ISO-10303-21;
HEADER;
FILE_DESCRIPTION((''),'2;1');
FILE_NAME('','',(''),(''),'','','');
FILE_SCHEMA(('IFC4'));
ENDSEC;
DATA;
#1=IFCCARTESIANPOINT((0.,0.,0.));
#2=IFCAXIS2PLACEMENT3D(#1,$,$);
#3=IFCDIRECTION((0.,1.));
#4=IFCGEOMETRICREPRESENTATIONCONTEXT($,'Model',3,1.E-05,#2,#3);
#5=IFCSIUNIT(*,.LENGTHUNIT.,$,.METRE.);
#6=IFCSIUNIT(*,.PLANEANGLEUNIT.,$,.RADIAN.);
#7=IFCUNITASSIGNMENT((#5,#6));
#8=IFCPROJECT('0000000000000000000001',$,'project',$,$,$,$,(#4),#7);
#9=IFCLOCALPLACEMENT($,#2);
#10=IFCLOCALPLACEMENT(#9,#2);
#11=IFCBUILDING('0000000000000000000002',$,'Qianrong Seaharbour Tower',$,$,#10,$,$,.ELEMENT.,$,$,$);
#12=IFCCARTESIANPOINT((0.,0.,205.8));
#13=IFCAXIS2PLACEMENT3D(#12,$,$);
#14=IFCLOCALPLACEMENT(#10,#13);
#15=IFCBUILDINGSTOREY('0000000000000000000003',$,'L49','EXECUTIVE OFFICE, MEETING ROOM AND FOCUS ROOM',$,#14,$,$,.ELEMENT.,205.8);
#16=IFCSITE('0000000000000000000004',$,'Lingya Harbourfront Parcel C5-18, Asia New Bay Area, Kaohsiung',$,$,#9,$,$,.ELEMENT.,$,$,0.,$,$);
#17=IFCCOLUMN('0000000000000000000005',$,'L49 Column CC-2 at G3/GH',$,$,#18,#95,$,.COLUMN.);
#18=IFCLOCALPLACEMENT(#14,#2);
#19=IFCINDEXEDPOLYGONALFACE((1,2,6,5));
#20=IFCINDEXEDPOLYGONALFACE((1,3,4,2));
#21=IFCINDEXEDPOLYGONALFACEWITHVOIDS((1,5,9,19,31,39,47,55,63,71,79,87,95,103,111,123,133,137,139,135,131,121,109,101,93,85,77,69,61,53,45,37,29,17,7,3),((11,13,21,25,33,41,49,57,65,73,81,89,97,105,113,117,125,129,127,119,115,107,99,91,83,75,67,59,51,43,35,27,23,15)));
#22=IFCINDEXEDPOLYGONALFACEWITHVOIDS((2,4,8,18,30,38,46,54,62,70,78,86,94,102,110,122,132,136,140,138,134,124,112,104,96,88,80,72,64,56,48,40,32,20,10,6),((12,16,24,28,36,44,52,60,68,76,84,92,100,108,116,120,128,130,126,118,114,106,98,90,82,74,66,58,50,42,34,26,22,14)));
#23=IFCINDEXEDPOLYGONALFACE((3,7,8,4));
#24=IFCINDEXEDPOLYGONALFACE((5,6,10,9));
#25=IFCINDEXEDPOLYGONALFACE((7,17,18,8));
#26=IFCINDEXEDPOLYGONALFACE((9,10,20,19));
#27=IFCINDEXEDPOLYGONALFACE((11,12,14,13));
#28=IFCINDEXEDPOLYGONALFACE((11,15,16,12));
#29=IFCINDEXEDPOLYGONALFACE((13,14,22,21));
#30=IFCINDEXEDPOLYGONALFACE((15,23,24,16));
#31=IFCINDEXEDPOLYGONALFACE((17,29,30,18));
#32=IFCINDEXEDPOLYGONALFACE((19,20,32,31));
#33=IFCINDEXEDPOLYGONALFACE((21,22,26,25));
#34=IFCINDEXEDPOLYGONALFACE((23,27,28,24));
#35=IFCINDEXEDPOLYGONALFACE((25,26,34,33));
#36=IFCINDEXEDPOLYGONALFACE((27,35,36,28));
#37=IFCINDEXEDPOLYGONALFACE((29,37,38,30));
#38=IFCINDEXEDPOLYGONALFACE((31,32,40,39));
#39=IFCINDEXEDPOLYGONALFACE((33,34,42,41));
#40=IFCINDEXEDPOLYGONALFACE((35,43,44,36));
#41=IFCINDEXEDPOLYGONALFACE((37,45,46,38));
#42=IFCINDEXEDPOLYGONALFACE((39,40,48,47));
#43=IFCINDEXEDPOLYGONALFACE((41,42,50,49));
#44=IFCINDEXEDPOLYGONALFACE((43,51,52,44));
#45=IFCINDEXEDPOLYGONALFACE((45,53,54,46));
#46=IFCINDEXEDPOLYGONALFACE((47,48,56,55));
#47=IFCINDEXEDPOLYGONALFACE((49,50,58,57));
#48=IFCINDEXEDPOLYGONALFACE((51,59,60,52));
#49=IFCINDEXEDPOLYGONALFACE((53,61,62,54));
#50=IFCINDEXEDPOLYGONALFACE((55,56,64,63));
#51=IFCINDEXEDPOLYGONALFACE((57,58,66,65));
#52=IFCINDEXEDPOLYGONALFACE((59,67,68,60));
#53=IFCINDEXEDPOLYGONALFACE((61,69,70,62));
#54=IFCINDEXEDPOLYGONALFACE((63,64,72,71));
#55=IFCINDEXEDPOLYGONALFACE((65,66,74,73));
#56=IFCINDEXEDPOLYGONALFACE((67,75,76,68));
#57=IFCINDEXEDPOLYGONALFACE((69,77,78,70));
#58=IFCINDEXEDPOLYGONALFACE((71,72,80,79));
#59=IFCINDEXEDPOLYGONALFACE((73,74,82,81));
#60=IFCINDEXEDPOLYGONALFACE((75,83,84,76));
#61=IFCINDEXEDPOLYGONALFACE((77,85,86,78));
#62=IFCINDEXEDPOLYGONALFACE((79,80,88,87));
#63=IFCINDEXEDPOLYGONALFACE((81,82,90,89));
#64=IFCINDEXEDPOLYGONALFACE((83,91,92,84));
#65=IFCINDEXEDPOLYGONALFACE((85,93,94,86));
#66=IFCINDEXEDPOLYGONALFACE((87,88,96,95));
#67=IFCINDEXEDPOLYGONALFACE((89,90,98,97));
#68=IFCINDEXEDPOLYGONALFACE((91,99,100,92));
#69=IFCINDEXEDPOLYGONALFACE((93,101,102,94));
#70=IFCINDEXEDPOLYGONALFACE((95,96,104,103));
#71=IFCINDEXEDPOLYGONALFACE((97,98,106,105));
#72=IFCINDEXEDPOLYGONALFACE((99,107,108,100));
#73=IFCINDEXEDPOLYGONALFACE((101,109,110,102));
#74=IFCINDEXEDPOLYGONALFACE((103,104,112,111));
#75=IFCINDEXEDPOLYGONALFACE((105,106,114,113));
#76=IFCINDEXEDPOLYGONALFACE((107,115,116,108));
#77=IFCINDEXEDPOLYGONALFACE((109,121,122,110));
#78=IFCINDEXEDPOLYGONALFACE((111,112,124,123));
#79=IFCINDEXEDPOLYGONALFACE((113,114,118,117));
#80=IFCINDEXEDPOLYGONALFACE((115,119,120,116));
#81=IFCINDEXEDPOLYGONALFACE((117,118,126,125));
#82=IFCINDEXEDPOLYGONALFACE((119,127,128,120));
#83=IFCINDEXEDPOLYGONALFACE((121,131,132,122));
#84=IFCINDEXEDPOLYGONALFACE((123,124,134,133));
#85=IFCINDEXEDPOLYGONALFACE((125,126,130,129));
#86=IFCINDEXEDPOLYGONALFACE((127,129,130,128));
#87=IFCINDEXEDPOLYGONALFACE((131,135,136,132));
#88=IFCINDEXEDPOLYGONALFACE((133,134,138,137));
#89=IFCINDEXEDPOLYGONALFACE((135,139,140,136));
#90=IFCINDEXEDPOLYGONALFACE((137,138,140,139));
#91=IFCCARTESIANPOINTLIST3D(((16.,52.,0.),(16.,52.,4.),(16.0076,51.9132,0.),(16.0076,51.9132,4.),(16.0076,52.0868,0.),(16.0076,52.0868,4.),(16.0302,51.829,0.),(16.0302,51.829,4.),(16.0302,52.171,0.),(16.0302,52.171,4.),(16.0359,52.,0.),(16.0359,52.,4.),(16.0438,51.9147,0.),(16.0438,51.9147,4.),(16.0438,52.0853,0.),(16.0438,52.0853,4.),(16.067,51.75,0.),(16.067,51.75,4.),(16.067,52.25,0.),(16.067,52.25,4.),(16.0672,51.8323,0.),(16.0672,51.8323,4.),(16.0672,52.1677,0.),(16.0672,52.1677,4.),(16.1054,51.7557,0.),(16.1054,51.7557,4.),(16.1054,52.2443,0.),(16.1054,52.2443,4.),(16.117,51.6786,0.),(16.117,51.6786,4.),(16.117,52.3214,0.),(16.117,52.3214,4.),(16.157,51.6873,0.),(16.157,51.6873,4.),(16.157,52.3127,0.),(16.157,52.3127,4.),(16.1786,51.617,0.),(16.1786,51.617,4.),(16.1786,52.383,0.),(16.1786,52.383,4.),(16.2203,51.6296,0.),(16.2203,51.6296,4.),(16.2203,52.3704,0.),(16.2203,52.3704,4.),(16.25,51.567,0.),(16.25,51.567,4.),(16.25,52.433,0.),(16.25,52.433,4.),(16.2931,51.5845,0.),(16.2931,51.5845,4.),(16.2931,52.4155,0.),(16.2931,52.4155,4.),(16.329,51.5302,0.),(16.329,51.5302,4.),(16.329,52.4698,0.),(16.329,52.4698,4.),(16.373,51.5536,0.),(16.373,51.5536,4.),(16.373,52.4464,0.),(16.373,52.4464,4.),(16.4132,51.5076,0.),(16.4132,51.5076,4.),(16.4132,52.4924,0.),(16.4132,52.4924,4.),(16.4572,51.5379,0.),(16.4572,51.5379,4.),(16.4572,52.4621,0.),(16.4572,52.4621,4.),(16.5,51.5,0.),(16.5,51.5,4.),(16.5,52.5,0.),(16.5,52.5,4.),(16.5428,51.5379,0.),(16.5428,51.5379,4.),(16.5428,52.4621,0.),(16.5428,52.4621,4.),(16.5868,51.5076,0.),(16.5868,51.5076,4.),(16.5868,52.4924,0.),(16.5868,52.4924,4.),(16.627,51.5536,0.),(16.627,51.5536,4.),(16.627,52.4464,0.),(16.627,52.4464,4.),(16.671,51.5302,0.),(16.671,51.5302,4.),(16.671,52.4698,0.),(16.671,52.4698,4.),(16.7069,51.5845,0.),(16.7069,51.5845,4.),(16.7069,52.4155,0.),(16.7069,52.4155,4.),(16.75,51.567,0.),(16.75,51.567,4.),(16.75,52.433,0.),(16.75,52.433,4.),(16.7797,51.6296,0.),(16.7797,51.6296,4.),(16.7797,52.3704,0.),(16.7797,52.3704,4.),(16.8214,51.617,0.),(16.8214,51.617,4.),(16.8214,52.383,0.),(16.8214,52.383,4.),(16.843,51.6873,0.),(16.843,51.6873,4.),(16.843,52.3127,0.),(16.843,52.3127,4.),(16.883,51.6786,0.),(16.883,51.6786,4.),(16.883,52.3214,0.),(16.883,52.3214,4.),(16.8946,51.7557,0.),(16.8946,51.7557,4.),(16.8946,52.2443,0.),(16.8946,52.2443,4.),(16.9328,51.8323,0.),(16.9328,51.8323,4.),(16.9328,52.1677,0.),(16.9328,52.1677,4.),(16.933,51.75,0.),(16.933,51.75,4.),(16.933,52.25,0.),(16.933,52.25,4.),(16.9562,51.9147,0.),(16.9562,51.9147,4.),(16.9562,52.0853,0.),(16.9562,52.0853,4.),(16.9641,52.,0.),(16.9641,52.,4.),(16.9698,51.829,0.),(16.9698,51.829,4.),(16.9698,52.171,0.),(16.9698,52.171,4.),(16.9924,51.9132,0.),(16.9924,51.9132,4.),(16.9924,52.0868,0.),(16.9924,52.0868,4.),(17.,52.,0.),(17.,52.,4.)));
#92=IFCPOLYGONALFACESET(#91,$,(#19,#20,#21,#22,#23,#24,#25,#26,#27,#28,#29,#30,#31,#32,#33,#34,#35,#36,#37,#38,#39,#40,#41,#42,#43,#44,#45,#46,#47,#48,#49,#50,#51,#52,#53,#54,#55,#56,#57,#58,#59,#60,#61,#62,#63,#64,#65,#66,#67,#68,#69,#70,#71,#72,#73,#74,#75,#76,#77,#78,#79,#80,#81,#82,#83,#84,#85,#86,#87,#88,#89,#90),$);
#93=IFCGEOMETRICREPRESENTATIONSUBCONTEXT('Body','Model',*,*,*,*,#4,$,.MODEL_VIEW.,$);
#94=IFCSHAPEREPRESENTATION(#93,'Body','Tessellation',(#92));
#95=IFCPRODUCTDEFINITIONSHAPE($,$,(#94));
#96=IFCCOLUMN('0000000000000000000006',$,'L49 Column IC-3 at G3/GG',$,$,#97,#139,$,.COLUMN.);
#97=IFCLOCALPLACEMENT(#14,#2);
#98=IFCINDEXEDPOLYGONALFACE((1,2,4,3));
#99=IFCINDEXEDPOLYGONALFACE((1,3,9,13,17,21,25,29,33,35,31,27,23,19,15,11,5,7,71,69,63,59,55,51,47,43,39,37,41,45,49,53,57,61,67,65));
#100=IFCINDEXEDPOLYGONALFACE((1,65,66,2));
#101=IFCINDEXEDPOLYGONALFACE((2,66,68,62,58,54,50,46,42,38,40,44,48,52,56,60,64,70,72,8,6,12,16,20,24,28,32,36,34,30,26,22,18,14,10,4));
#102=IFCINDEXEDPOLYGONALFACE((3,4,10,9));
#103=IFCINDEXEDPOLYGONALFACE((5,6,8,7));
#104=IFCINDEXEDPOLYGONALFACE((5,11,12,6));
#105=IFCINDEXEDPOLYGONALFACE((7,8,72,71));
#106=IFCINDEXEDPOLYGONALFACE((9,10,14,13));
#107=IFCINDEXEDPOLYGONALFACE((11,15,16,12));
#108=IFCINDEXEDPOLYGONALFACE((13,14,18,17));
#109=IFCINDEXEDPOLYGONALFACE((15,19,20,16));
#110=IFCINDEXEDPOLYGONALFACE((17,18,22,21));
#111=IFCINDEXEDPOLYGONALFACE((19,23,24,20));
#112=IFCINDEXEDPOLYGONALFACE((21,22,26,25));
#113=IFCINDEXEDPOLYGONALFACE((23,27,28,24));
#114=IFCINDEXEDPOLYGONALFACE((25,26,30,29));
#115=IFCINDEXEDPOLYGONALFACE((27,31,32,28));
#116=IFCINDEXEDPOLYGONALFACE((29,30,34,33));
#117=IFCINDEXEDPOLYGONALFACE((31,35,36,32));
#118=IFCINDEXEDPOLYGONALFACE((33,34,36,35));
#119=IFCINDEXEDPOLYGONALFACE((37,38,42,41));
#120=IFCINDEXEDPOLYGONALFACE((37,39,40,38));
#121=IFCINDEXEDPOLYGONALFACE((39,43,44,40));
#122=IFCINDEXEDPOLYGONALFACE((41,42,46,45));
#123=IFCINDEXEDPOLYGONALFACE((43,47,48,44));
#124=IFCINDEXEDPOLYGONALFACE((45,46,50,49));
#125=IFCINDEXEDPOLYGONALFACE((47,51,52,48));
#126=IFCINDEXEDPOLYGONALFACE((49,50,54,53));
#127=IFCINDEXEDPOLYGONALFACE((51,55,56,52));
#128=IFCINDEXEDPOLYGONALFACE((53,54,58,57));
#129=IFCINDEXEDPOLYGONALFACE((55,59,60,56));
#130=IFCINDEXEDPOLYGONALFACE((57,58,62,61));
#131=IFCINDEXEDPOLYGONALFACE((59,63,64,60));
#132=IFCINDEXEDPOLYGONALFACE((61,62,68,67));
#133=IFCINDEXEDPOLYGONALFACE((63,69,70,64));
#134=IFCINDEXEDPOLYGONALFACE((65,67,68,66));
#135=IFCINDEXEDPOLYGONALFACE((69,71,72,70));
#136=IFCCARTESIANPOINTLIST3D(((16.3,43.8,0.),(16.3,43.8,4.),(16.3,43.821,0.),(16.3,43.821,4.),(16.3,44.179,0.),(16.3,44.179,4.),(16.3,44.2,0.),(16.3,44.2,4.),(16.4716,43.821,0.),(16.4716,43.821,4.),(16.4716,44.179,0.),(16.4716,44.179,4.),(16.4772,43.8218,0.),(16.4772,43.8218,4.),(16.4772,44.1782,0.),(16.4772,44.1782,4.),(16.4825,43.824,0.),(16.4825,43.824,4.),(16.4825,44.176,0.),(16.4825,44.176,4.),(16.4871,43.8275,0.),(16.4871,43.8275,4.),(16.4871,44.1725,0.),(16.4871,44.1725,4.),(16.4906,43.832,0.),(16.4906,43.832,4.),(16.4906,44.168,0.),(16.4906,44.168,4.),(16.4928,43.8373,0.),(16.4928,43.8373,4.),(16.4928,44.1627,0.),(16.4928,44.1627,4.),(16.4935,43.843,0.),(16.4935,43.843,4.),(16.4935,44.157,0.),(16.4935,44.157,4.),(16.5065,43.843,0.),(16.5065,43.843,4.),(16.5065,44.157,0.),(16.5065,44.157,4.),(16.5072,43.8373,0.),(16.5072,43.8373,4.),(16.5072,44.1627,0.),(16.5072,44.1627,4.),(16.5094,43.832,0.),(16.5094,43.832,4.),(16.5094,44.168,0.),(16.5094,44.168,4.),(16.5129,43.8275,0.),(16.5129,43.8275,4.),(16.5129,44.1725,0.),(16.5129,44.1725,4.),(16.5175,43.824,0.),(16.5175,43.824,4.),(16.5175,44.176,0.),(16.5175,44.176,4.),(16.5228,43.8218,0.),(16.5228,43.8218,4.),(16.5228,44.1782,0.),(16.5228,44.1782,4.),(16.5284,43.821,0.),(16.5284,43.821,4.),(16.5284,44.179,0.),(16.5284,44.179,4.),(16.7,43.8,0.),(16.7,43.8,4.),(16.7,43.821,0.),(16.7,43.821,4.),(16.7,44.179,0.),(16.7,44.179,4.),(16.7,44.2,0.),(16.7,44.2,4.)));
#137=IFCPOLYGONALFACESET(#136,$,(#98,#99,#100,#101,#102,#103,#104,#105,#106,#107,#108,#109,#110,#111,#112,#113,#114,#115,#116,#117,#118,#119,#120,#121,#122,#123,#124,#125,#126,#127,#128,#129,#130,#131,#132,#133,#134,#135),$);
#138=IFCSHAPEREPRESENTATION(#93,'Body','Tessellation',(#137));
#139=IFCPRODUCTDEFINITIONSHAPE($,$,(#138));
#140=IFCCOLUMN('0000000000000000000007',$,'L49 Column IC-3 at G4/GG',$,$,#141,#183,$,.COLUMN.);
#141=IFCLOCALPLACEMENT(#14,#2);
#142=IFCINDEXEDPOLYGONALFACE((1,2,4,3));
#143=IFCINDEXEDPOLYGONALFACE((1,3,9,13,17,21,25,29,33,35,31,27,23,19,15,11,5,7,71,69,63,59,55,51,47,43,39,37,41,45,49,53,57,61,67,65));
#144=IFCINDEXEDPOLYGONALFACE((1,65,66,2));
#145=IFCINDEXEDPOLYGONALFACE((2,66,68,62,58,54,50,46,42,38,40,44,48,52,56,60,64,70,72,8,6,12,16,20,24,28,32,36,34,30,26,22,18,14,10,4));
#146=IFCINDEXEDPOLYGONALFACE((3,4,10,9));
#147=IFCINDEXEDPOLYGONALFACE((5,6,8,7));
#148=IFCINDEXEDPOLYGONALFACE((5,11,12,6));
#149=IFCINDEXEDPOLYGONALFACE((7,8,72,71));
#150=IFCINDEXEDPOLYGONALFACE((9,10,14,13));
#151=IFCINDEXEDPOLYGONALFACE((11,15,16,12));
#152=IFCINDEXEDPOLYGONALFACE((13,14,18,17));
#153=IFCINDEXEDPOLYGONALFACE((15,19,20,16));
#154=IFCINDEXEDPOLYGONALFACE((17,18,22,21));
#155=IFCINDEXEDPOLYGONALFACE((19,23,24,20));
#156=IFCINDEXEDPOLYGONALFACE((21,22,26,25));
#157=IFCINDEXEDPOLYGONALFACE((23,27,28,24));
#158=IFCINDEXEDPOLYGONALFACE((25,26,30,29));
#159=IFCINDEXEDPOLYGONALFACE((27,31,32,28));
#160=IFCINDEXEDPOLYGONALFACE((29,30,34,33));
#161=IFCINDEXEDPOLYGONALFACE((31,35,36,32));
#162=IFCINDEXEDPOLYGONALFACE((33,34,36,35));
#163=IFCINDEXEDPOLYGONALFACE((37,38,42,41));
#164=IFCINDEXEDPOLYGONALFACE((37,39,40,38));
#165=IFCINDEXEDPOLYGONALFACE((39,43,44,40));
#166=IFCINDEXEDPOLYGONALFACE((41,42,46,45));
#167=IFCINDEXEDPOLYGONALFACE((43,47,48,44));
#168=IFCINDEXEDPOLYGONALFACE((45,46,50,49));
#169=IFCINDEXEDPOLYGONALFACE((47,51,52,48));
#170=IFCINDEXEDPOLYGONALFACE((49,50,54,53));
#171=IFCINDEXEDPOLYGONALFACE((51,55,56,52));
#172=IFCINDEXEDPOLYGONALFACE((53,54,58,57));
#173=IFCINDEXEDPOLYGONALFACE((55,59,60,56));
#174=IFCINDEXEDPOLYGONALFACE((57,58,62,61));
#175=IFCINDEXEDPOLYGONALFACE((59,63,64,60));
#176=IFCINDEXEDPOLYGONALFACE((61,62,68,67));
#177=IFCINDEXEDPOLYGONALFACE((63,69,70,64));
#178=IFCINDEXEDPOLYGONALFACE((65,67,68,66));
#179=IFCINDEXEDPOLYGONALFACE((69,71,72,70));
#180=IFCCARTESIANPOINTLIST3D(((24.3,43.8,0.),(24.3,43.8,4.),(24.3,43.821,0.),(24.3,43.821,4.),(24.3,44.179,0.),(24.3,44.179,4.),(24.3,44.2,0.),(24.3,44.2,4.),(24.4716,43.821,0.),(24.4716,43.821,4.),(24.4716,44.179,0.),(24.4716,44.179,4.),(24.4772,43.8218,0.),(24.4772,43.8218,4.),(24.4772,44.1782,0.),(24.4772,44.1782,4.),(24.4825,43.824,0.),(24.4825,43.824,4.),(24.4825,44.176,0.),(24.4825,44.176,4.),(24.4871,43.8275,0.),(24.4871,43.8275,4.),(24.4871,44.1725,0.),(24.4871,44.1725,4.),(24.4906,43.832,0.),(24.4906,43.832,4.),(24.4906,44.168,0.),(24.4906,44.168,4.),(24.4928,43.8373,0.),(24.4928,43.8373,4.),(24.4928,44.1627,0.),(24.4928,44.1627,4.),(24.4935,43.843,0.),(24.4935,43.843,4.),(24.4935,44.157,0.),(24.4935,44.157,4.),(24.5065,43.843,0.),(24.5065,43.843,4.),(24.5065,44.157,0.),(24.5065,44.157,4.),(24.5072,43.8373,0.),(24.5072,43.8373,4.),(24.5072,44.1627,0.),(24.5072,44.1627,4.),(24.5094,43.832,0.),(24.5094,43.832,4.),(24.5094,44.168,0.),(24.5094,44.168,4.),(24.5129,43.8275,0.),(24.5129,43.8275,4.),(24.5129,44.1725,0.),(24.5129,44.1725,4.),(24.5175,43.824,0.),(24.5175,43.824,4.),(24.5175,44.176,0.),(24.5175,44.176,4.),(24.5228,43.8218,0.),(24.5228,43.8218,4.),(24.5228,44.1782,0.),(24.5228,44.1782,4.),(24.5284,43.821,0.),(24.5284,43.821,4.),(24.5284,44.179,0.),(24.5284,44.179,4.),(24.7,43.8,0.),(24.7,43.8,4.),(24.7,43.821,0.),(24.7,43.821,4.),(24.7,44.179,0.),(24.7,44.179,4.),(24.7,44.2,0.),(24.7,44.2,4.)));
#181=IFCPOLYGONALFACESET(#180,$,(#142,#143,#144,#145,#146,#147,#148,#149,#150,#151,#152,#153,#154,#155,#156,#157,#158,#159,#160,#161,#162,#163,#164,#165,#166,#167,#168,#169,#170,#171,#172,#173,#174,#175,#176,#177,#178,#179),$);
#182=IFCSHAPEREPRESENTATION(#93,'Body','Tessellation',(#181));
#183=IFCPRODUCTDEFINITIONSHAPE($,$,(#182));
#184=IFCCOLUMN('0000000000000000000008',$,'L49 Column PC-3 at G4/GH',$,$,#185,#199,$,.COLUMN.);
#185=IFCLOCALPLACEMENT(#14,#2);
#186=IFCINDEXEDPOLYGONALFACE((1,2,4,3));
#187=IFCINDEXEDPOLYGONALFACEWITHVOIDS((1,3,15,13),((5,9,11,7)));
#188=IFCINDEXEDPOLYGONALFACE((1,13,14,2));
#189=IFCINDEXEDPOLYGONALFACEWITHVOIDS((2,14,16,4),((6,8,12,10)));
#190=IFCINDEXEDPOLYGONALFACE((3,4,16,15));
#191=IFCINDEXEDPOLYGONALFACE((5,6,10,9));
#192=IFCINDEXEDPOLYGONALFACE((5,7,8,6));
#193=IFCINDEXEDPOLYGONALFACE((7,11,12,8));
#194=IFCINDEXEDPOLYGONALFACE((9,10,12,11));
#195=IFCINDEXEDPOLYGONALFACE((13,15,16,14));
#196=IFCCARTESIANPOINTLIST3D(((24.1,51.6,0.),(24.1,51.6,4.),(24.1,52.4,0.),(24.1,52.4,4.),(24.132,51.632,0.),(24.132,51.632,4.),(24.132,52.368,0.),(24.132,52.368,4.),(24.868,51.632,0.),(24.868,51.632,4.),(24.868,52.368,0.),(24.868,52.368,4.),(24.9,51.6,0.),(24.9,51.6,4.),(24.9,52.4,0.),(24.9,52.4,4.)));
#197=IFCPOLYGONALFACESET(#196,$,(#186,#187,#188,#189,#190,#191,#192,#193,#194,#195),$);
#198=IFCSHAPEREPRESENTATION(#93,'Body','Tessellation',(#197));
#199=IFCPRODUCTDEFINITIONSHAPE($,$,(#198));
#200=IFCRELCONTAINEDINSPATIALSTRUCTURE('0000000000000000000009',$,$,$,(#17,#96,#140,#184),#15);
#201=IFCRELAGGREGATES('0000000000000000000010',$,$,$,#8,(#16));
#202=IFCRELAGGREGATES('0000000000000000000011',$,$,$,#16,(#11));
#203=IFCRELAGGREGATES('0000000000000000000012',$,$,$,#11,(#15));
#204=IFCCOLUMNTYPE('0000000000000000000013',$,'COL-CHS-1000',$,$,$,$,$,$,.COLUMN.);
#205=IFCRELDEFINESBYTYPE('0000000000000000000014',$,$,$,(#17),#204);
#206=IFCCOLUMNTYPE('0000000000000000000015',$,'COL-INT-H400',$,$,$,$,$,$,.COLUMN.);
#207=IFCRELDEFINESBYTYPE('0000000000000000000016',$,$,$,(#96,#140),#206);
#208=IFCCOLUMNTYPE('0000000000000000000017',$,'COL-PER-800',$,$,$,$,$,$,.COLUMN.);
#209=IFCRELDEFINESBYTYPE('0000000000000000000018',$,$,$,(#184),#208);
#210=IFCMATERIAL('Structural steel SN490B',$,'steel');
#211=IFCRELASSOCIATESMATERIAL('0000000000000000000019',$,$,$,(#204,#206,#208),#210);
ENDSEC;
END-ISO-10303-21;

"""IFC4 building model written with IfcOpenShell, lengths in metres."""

from ifc_helpers import new_model, si_unit, direction, frame, origin, origin_2d, place, context, subcontext, project, spatial, hollow_rectangle, hollow_circle, i_section, extrude, material, material_profile, profile_set, type_object, element, save


model = new_model("IFC4")

# Units and contexts
model_context = context("Model", 3, precision=1e-05, world=origin(), true_north=direction((0.0, 1.0)))
body_context = subcontext(model_context, "Body", "Model", "MODEL_VIEW")
ifc_project = project(units=[si_unit("LENGTHUNIT", "METRE"), si_unit("PLANEANGLEUNIT", "RADIAN")], contexts=[model_context])

# Site, building, storey
site_placement = place(None, origin())
site = spatial("IfcSite", under=ifc_project, at=site_placement, Name="Lingya Harbourfront Parcel C5-18, Asia New Bay Area, Kaohsiung", CompositionType="ELEMENT", RefElevation=0.0)
building_placement = place(site_placement, origin())
building = spatial("IfcBuilding", under=site, at=building_placement, Name="Qianrong Seaharbour Tower", CompositionType="ELEMENT")
storey_placement = place(building_placement, frame((0.0, 0.0, 205.8)))
storey = spatial("IfcBuildingStorey", under=building, at=storey_placement, Name="L49", Description="EXECUTIVE OFFICE, MEETING ROOM AND FOCUS ROOM", CompositionType="ELEMENT", Elevation=205.8)

# Columns
ifc_material_1 = material(Name="Structural steel SN490B", Category="steel")
ifc_material_profile_1 = material_profile(ifc_material_1, hollow_circle(Radius=0.5, WallThickness=0.0359, at=origin_2d()), Name="CHS1000x36")
ifc_profile_set_1 = profile_set([ifc_material_profile_1], Name="Structural steel SN490B")
column_type_1 = type_object("IfcColumnType", Name="COL-CHS-1000", PredefinedType="COLUMN", material=ifc_profile_set_1)
column_1_placement = place(storey_placement, frame((16.5, 52.0, 0.0), z_axis=(0.0, 0.0, 1.0), x_axis=(1.0, 0.0, 0.0)))
element("IfcColumn", 1, at=column_1_placement, inside=storey, type_object=column_type_1, Name="L49 Column CC-2 at G3/GH", PredefinedType="COLUMN", context=body_context, shape_type="SweptSolid", body=[
    extrude(hollow_circle(Radius=0.5, WallThickness=0.0359, at=origin_2d()), origin(), (0.0, 0.0, 1.0), 4.0),
])
ifc_material_profile_2 = material_profile(ifc_material_1, i_section(OverallWidth=0.3999, OverallDepth=0.3999, WebThickness=0.0129, FlangeThickness=0.021, FilletRadius=0.022, at=origin_2d()), Name="H400x400x13x21")
ifc_profile_set_2 = profile_set([ifc_material_profile_2], Name="Structural steel SN490B")
column_type_2 = type_object("IfcColumnType", Name="COL-INT-H400", PredefinedType="COLUMN", material=ifc_profile_set_2)
for number, where, z_axis, x_axis, name in (
    (2, (16.5, 44.0, 0.0), (0.0, 0.0, 1.0), (1.0, 0.0, 0.0), "L49 Column IC-3 at G3/GG"),
    (3, (24.5, 44.0, 0.0), (0.0, 0.0, 1.0), (1.0, 0.0, 0.0), "L49 Column IC-3 at G4/GG"),
):
    element("IfcColumn", number, at=place(storey_placement, frame(where, z_axis=z_axis, x_axis=x_axis)), inside=storey, type_object=column_type_2, Name=name, PredefinedType="COLUMN", context=body_context, shape_type="SweptSolid", body=[
        extrude(i_section(OverallWidth=0.3999, OverallDepth=0.3999, WebThickness=0.0129, FlangeThickness=0.021, FilletRadius=0.022, at=origin_2d()), origin(), (0.0, 0.0, 1.0), 4.0),
    ])
ifc_material_profile_3 = material_profile(ifc_material_1, hollow_rectangle(XDim=0.8, YDim=0.8, WallThickness=0.032, at=origin_2d()), Name="BOX800x800x32")
ifc_profile_set_3 = profile_set([ifc_material_profile_3], Name="Structural steel SN490B")
column_type_3 = type_object("IfcColumnType", Name="COL-PER-800", PredefinedType="COLUMN", material=ifc_profile_set_3)
column_2_placement = place(storey_placement, frame((24.5, 52.0, 0.0), z_axis=(0.0, 0.0, 1.0), x_axis=(1.0, 0.0, 0.0)))
element("IfcColumn", 4, at=column_2_placement, inside=storey, type_object=column_type_3, Name="L49 Column PC-3 at G4/GH", PredefinedType="COLUMN", context=body_context, shape_type="SweptSolid", body=[
    extrude(hollow_rectangle(XDim=0.8, YDim=0.8, WallThickness=0.032, at=origin_2d()), origin(), (0.0, 0.0, 1.0), 4.0),
])

save(model, "model.ifc")
